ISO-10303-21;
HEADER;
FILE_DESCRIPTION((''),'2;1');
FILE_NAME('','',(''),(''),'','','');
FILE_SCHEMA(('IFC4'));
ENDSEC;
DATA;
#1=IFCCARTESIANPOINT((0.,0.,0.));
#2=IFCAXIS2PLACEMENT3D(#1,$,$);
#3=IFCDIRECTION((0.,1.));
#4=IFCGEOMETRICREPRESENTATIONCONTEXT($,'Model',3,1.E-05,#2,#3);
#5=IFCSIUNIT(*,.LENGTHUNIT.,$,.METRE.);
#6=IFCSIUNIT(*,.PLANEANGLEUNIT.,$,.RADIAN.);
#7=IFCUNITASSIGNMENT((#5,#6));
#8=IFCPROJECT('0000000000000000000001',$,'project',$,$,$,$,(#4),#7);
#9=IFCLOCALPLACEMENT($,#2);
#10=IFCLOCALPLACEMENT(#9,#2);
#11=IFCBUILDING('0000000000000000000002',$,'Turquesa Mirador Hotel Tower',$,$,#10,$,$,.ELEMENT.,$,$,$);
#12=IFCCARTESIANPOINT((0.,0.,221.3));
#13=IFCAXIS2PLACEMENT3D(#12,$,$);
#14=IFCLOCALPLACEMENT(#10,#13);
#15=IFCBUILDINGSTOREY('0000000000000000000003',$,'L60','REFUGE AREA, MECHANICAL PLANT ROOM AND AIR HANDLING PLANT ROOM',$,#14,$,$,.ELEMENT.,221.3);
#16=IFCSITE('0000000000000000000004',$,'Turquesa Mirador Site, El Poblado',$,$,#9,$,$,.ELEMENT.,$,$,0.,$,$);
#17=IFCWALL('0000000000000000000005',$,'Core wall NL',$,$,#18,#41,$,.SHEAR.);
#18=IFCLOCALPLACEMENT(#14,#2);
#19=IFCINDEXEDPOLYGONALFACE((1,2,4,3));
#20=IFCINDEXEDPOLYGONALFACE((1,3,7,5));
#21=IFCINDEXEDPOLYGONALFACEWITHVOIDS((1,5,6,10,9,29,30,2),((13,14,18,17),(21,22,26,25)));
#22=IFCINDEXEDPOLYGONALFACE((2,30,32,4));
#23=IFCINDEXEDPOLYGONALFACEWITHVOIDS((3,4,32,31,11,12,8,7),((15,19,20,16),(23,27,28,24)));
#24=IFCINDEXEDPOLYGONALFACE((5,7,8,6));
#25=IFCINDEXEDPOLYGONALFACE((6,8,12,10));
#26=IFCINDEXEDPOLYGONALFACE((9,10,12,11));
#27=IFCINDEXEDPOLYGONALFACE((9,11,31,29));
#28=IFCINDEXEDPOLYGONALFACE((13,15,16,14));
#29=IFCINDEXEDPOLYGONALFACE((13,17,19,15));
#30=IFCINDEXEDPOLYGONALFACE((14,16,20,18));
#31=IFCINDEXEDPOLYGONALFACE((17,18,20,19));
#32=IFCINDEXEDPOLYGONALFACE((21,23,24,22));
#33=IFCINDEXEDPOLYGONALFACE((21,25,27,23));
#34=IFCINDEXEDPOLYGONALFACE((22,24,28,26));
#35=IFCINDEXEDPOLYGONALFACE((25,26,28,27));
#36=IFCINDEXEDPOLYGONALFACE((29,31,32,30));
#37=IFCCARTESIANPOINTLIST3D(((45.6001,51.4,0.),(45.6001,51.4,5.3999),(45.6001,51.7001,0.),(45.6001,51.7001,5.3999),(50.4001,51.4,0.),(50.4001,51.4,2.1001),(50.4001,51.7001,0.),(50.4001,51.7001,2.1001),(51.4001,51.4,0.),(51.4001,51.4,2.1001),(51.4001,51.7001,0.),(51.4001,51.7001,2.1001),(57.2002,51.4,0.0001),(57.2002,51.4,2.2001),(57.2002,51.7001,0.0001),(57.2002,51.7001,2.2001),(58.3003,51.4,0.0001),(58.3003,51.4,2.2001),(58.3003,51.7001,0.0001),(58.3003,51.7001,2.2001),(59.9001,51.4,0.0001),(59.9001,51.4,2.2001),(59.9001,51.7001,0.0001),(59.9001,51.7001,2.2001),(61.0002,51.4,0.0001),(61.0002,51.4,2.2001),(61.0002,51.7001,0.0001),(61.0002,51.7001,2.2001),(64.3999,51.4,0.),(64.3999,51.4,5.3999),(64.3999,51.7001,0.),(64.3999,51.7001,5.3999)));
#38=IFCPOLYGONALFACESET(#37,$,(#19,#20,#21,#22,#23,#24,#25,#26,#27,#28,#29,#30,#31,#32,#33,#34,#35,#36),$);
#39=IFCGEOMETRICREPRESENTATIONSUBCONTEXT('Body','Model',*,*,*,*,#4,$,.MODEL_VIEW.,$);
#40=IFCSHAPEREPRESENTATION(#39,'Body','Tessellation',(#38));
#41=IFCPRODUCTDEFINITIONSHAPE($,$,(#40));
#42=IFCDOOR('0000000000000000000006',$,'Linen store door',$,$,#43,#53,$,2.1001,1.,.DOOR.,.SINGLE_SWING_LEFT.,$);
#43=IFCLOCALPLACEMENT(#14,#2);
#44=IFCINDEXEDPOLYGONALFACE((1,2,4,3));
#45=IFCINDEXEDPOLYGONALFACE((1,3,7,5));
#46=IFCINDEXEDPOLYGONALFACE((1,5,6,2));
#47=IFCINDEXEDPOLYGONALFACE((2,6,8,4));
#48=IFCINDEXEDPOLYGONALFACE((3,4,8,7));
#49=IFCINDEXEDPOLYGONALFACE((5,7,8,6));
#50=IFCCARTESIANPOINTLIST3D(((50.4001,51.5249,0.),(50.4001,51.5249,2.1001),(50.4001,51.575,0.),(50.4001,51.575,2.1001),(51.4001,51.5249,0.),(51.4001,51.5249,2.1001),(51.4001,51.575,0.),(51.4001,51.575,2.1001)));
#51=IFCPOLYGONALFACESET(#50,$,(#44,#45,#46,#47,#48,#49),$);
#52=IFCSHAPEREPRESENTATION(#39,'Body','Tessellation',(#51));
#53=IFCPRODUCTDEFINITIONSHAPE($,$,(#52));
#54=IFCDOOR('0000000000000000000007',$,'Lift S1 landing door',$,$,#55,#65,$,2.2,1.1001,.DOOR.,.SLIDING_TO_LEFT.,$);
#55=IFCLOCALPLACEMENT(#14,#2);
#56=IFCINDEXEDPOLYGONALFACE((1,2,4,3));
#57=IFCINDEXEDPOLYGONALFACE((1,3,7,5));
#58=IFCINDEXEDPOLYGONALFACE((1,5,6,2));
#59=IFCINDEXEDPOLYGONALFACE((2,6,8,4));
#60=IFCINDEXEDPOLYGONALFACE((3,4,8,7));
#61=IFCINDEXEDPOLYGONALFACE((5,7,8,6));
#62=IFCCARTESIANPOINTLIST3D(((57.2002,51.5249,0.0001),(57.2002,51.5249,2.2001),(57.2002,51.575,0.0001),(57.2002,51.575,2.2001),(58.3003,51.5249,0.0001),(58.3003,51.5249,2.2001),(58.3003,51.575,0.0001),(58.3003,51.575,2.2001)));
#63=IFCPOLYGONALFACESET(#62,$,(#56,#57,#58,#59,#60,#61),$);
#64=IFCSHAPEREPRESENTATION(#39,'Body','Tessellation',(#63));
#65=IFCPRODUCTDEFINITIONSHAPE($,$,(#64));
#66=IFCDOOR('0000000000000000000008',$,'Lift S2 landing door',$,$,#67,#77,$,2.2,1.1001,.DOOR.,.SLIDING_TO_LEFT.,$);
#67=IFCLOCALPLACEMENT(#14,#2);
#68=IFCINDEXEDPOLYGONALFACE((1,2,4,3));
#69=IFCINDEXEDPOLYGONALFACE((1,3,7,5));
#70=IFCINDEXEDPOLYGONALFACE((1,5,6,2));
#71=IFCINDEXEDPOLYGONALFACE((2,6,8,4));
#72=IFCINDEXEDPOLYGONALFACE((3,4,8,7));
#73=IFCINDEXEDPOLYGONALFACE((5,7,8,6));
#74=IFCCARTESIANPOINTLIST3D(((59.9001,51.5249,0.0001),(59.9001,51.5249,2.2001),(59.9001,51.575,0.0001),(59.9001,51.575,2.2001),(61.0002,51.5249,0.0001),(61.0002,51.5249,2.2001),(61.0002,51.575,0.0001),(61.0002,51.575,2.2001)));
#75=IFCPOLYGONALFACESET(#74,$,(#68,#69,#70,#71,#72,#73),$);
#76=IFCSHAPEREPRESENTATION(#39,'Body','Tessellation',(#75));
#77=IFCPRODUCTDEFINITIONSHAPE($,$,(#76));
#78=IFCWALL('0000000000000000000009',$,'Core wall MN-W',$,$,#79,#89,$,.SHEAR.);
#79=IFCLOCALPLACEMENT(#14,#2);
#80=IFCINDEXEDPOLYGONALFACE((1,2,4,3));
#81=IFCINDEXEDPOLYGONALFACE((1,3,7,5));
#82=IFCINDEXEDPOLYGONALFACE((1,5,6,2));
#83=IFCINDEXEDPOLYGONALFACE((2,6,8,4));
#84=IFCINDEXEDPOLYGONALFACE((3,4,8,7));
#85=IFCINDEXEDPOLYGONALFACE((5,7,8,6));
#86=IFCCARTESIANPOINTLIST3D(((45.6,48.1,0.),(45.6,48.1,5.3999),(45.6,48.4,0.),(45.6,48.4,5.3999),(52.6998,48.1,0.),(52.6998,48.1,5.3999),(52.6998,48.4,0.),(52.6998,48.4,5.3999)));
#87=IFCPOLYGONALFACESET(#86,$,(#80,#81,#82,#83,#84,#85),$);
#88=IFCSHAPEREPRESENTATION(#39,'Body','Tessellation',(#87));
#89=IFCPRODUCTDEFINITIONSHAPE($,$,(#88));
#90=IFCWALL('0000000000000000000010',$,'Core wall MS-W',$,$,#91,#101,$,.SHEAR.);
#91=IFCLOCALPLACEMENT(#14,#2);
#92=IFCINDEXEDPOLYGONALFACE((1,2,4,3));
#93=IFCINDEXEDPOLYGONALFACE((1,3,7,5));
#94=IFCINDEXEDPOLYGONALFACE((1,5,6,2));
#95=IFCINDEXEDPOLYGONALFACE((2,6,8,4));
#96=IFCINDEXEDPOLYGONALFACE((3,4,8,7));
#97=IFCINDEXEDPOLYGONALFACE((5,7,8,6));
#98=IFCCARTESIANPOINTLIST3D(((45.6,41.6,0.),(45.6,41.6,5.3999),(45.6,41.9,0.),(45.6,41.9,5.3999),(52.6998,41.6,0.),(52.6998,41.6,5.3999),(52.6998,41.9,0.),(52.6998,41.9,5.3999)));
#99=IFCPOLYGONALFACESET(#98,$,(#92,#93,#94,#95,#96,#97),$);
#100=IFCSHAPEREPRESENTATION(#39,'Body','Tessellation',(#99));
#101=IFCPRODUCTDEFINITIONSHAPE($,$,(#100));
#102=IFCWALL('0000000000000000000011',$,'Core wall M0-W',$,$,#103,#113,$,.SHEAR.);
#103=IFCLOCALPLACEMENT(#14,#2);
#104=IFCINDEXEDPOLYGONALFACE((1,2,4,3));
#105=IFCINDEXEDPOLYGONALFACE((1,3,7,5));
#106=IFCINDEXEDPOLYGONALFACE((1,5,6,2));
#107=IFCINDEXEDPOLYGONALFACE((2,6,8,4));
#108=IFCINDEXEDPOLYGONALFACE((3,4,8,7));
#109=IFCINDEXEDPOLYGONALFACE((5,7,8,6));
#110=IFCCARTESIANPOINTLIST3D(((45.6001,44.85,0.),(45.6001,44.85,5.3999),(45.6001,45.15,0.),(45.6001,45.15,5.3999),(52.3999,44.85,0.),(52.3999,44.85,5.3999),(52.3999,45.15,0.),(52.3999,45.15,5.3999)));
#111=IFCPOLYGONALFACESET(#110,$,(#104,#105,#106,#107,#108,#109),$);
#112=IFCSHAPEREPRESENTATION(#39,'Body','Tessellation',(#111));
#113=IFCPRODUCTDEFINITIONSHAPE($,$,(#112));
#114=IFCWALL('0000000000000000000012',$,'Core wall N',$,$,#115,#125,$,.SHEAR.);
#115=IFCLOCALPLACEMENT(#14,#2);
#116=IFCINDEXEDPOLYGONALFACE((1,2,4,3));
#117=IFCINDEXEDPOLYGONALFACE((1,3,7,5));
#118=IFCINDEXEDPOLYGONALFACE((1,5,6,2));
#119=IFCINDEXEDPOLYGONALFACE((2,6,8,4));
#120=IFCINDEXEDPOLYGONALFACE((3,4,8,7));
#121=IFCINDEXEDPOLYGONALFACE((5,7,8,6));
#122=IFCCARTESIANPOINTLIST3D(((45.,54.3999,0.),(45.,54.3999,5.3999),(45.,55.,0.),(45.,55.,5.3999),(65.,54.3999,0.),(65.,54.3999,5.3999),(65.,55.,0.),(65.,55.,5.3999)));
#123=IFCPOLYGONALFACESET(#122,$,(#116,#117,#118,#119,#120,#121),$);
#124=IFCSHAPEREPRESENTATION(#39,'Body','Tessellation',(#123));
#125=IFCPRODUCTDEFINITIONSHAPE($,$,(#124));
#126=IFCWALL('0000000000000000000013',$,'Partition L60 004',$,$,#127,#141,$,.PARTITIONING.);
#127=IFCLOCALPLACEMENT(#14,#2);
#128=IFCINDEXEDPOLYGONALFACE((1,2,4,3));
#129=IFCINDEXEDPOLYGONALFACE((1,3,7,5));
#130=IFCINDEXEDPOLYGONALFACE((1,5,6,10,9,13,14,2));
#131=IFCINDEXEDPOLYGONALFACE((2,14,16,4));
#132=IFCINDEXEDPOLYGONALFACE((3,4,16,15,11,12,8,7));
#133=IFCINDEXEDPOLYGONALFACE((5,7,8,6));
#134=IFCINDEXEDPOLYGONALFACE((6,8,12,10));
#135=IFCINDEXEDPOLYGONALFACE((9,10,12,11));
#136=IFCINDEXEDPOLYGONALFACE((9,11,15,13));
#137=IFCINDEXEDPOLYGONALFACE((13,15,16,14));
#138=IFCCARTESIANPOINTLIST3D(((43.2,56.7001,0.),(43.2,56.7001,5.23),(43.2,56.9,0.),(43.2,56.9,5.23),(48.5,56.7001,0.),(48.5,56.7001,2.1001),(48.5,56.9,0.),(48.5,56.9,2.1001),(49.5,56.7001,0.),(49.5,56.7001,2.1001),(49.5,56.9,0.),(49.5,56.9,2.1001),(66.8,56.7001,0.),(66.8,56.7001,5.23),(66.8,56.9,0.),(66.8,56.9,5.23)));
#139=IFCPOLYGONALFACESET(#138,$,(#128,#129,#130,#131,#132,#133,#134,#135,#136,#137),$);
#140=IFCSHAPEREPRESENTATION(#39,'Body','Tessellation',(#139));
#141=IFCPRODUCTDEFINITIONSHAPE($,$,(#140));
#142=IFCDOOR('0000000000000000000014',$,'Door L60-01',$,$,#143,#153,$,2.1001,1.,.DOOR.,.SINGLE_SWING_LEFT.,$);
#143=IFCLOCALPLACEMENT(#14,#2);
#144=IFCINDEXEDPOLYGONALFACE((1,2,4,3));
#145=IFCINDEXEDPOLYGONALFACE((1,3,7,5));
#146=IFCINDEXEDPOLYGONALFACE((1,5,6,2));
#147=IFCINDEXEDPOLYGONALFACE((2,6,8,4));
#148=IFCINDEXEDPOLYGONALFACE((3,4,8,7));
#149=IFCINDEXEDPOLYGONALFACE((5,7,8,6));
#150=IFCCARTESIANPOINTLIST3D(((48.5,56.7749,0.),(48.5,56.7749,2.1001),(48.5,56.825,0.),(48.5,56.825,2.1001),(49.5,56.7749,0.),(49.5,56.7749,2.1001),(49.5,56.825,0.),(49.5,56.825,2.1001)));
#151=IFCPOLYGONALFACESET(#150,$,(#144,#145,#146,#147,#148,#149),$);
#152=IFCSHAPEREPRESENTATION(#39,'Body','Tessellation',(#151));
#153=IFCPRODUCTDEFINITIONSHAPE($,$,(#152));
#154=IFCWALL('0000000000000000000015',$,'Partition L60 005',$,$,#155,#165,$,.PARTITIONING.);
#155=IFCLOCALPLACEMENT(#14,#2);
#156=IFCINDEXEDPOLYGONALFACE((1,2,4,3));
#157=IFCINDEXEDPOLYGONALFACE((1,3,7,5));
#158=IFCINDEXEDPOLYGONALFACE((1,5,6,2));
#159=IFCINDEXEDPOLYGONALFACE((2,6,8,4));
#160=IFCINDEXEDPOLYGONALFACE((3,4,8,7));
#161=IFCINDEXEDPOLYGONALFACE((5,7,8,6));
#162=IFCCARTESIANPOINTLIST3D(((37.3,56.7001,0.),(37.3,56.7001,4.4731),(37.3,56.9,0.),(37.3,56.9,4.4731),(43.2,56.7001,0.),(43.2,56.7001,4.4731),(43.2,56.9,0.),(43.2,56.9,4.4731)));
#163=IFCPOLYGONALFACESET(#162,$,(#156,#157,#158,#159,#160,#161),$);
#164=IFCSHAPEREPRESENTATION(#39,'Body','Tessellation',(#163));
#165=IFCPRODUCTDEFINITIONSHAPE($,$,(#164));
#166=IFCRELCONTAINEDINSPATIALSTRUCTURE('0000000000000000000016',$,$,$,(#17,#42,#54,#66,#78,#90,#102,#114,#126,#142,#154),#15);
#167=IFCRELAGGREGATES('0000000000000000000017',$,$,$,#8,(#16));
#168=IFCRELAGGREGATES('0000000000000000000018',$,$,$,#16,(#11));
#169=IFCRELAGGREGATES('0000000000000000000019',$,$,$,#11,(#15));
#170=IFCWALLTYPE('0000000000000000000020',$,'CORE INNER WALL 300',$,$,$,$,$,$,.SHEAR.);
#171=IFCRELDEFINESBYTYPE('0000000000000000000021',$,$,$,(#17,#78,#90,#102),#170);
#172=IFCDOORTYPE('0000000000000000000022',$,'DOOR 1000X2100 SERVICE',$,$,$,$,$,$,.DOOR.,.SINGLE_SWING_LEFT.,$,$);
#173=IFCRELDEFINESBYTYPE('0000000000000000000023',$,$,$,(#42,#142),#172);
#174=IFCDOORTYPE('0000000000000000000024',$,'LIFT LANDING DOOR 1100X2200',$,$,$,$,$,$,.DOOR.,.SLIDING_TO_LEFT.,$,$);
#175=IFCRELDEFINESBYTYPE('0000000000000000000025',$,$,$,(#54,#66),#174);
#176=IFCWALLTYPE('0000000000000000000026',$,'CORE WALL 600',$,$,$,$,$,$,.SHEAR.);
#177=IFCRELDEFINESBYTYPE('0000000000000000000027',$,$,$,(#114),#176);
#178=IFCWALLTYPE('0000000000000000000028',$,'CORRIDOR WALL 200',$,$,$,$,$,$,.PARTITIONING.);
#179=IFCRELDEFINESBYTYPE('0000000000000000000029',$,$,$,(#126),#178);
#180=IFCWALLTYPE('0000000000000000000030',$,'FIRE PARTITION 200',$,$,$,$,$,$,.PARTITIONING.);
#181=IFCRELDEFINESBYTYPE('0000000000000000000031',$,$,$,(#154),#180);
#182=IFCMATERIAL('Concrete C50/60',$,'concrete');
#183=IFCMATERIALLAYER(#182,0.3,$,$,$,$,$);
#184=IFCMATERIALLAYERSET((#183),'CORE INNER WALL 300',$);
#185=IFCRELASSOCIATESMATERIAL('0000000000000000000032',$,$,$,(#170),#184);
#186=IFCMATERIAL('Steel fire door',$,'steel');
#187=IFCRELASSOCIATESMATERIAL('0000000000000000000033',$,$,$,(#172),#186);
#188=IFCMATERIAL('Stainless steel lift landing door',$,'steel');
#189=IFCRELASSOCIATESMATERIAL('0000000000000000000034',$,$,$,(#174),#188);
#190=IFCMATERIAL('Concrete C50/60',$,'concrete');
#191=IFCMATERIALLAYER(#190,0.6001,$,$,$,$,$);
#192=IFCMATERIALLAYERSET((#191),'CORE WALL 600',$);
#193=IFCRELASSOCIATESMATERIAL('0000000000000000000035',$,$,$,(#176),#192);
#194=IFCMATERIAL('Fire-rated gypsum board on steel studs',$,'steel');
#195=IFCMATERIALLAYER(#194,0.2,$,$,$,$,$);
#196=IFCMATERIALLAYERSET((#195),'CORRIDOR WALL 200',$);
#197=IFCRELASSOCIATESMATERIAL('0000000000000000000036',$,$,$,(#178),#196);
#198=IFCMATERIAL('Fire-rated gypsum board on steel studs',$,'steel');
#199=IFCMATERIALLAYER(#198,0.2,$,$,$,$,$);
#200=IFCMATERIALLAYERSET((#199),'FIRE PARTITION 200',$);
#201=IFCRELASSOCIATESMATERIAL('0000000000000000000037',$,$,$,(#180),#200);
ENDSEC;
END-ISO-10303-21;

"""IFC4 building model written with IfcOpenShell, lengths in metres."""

from ifc_helpers import new_model, si_unit, direction, frame, frame_2d, origin, place, context, subcontext, project, spatial, rectangle, extrude, material, layer, layer_set, type_object, element, fill, save


model = new_model("IFC4")

# Units and contexts
model_context = context("Model", 3, precision=1e-05, world=origin(), true_north=direction((0.0, 1.0)))
body_context = subcontext(model_context, "Body", "Model", "MODEL_VIEW")
ifc_project = project(units=[si_unit("LENGTHUNIT", "METRE"), si_unit("PLANEANGLEUNIT", "RADIAN")], contexts=[model_context])

# Site, building, storey
site_placement = place(None, origin())
site = spatial("IfcSite", under=ifc_project, at=site_placement, Name="Turquesa Mirador Site, El Poblado", CompositionType="ELEMENT", RefElevation=0.0)
building_placement = place(site_placement, origin())
building = spatial("IfcBuilding", under=site, at=building_placement, Name="Turquesa Mirador Hotel Tower", CompositionType="ELEMENT")
storey_placement = place(building_placement, frame((0.0, 0.0, 221.3)))
storey = spatial("IfcBuildingStorey", under=building, at=storey_placement, Name="L60", Description="REFUGE AREA, MECHANICAL PLANT ROOM AND AIR HANDLING PLANT ROOM", CompositionType="ELEMENT", Elevation=221.3)

# Wall, openings, doors
ifc_material_1 = material(Name="Concrete C50/60", Category="concrete")
ifc_layer_1 = layer(ifc_material_1, 0.3)
ifc_layer_set_1 = layer_set([ifc_layer_1], Name="CORE INNER WALL 300")
wall_type_1 = type_object("IfcWallType", Name="CORE INNER WALL 300", PredefinedType="SHEAR", material=ifc_layer_set_1)
wall_1_placement = place(storey_placement, frame((45.6001, 51.55, 0.0), z_axis=(0.0, 0.0, 1.0), x_axis=(1.0, 0.0, 0.0)))
wall_1 = element("IfcWall", 1, at=wall_1_placement, inside=storey, type_object=wall_type_1, Name="Core wall NL", PredefinedType="SHEAR", context=body_context, shape_type="SweptSolid", body=[
    extrude(rectangle(XDim=18.7998, YDim=0.3, at=frame_2d((9.3999, 0.0))), origin(), (0.0, 0.0, 1.0), 5.3999),
])
opening_1_placement = place(wall_1_placement, frame((4.8, 0.0, 0.0)))
opening_1 = element("IfcOpeningElement", 2, at=opening_1_placement, cuts=wall_1, PredefinedType="OPENING", context=body_context, shape_type="SweptSolid", body=[
    extrude(rectangle(XDim=1.0, YDim=2.1001, at=frame_2d((0.5, 1.05))), frame((0.0, 0.1599, 0.0), z_axis=(0.0, -1.0, 0.0), x_axis=(1.0, 0.0, 0.0)), (0.0, 0.0, 1.0), 0.3201),
])
opening_2_placement = place(wall_1_placement, frame((11.6001, 0.0, 0.0)))
opening_2 = element("IfcOpeningElement", 3, at=opening_2_placement, cuts=wall_1, PredefinedType="OPENING", context=body_context, shape_type="SweptSolid", body=[
    extrude(rectangle(XDim=1.1001, YDim=2.2, at=frame_2d((0.55, 1.1001))), frame((0.0, 0.1599, 0.0), z_axis=(0.0, -1.0, 0.0), x_axis=(1.0, 0.0, 0.0)), (0.0, 0.0, 1.0), 0.3201),
])
opening_3_placement = place(wall_1_placement, frame((14.3, 0.0, 0.0)))
opening_3 = element("IfcOpeningElement", 4, at=opening_3_placement, cuts=wall_1, PredefinedType="OPENING", context=body_context, shape_type="SweptSolid", body=[
    extrude(rectangle(XDim=1.1001, YDim=2.2, at=frame_2d((0.55, 1.1001))), frame((0.0, 0.1599, 0.0), z_axis=(0.0, -1.0, 0.0), x_axis=(1.0, 0.0, 0.0)), (0.0, 0.0, 1.0), 0.3201),
])
ifc_material_2 = material(Name="Steel fire door", Category="steel")
door_type_1 = type_object("IfcDoorType", Name="DOOR 1000X2100 SERVICE", OperationType="SINGLE_SWING_LEFT", PredefinedType="DOOR", material=ifc_material_2)
door_1_placement = place(opening_1_placement, origin())
door_1 = element("IfcDoor", 5, at=door_1_placement, inside=storey, type_object=door_type_1, Name="Linen store door", OperationType="SINGLE_SWING_LEFT", OverallHeight=2.1001, OverallWidth=1.0, PredefinedType="DOOR", context=body_context, shape_type="SweptSolid", body=[
    extrude(rectangle(XDim=1.0, YDim=2.1001, at=frame_2d((0.5, 1.05))), frame((0.0, 0.0249, 0.0), z_axis=(0.0, -1.0, 0.0), x_axis=(1.0, 0.0, 0.0)), (0.0, 0.0, 1.0), 0.05),
])
fill(opening_1, door_1)
ifc_material_3 = material(Name="Stainless steel lift landing door", Category="steel")
door_type_2 = type_object("IfcDoorType", Name="LIFT LANDING DOOR 1100X2200", OperationType="SLIDING_TO_LEFT", PredefinedType="DOOR", material=ifc_material_3)
door_2_placement = place(opening_2_placement, origin())
door_2 = element("IfcDoor", 6, at=door_2_placement, inside=storey, type_object=door_type_2, Name="Lift S1 landing door", OperationType="SLIDING_TO_LEFT", OverallHeight=2.2, OverallWidth=1.1001, PredefinedType="DOOR", context=body_context, shape_type="SweptSolid", body=[
    extrude(rectangle(XDim=1.1001, YDim=2.2, at=frame_2d((0.55, 1.1001))), frame((0.0, 0.0249, 0.0), z_axis=(0.0, -1.0, 0.0), x_axis=(1.0, 0.0, 0.0)), (0.0, 0.0, 1.0), 0.05),
])
fill(opening_2, door_2)
door_3_placement = place(opening_3_placement, origin())
door_3 = element("IfcDoor", 7, at=door_3_placement, inside=storey, type_object=door_type_2, Name="Lift S2 landing door", OperationType="SLIDING_TO_LEFT", OverallHeight=2.2, OverallWidth=1.1001, PredefinedType="DOOR", context=body_context, shape_type="SweptSolid", body=[
    extrude(rectangle(XDim=1.1001, YDim=2.2, at=frame_2d((0.55, 1.1001))), frame((0.0, 0.0249, 0.0), z_axis=(0.0, -1.0, 0.0), x_axis=(1.0, 0.0, 0.0)), (0.0, 0.0, 1.0), 0.05),
])
fill(opening_3, door_3)

# Walls
for number, where, z_axis, x_axis, name in (
    (8, (45.6001, 48.25, 0.0), (0.0, 0.0, 1.0), (1.0, 0.0, 0.0), "Core wall MN-W"),
    (9, (45.6001, 41.75, 0.0), (0.0, 0.0, 1.0), (1.0, 0.0, 0.0), "Core wall MS-W"),
):
    element("IfcWall", number, at=place(storey_placement, frame(where, z_axis=z_axis, x_axis=x_axis)), inside=storey, type_object=wall_type_1, Name=name, PredefinedType="SHEAR", context=body_context, shape_type="SweptSolid", body=[
        extrude(rectangle(XDim=7.0999, YDim=0.3, at=frame_2d((3.5498, 0.0))), origin(), (0.0, 0.0, 1.0), 5.3999),
    ])
wall_2_placement = place(storey_placement, frame((45.6001, 45.0, 0.0), z_axis=(0.0, 0.0, 1.0), x_axis=(1.0, 0.0, 0.0)))
element("IfcWall", 10, at=wall_2_placement, inside=storey, type_object=wall_type_1, Name="Core wall M0-W", PredefinedType="SHEAR", context=body_context, shape_type="SweptSolid", body=[
    extrude(rectangle(XDim=6.7998, YDim=0.3, at=frame_2d((3.3999, 0.0))), origin(), (0.0, 0.0, 1.0), 5.3999),
])
ifc_material_4 = material(Name="Concrete C50/60", Category="concrete")
ifc_layer_2 = layer(ifc_material_4, 0.6001)
ifc_layer_set_2 = layer_set([ifc_layer_2], Name="CORE WALL 600")
wall_type_2 = type_object("IfcWallType", Name="CORE WALL 600", PredefinedType="SHEAR", material=ifc_layer_set_2)
wall_3_placement = place(storey_placement, frame((45.0, 54.7, 0.0), z_axis=(0.0, 0.0, 1.0), x_axis=(1.0, 0.0, 0.0)))
element("IfcWall", 11, at=wall_3_placement, inside=storey, type_object=wall_type_2, Name="Core wall N", PredefinedType="SHEAR", context=body_context, shape_type="SweptSolid", body=[
    extrude(rectangle(XDim=20.0, YDim=0.6001, at=frame_2d((10.0, 0.0))), origin(), (0.0, 0.0, 1.0), 5.3999),
])

# Wall, opening, door
ifc_material_5 = material(Name="Fire-rated gypsum board on steel studs", Category="steel")
ifc_layer_3 = layer(ifc_material_5, 0.2)
ifc_layer_set_3 = layer_set([ifc_layer_3], Name="CORRIDOR WALL 200")
wall_type_3 = type_object("IfcWallType", Name="CORRIDOR WALL 200", PredefinedType="PARTITIONING", material=ifc_layer_set_3)
wall_4_placement = place(storey_placement, frame((43.2, 56.8, 0.0), z_axis=(0.0, 0.0, 1.0), x_axis=(1.0, 0.0, 0.0)))
wall_4 = element("IfcWall", 12, at=wall_4_placement, inside=storey, type_object=wall_type_3, Name="Partition L60 004", PredefinedType="PARTITIONING", context=body_context, shape_type="SweptSolid", body=[
    extrude(rectangle(XDim=23.6001, YDim=0.2, at=frame_2d((11.8, 0.0))), origin(), (0.0, 0.0, 1.0), 5.23),
])
opening_4_placement = place(wall_4_placement, frame((5.3, 0.0, 0.0)))
opening_4 = element("IfcOpeningElement", 13, at=opening_4_placement, cuts=wall_4, PredefinedType="OPENING", context=body_context, shape_type="SweptSolid", body=[
    extrude(rectangle(XDim=1.0, YDim=2.1001, at=frame_2d((0.5, 1.05))), frame((0.0, 0.1099, 0.0), z_axis=(0.0, -1.0, 0.0), x_axis=(1.0, 0.0, 0.0)), (0.0, 0.0, 1.0), 0.22),
])
door_4_placement = place(opening_4_placement, origin())
door_4 = element("IfcDoor", 14, at=door_4_placement, inside=storey, type_object=door_type_1, Name="Door L60-01", OperationType="SINGLE_SWING_LEFT", OverallHeight=2.1001, OverallWidth=1.0, PredefinedType="DOOR", context=body_context, shape_type="SweptSolid", body=[
    extrude(rectangle(XDim=1.0, YDim=2.1001, at=frame_2d((0.5, 1.05))), frame((0.0, 0.0249, 0.0), z_axis=(0.0, -1.0, 0.0), x_axis=(1.0, 0.0, 0.0)), (0.0, 0.0, 1.0), 0.05),
])
fill(opening_4, door_4)

# Wall
ifc_material_6 = material(Name="Fire-rated gypsum board on steel studs", Category="steel")
ifc_layer_4 = layer(ifc_material_6, 0.2)
ifc_layer_set_4 = layer_set([ifc_layer_4], Name="FIRE PARTITION 200")
wall_type_4 = type_object("IfcWallType", Name="FIRE PARTITION 200", PredefinedType="PARTITIONING", material=ifc_layer_set_4)
wall_5_placement = place(storey_placement, frame((37.3, 56.8, 0.0), z_axis=(0.0, 0.0, 1.0), x_axis=(1.0, 0.0, 0.0)))
element("IfcWall", 15, at=wall_5_placement, inside=storey, type_object=wall_type_4, Name="Partition L60 005", PredefinedType="PARTITIONING", context=body_context, shape_type="SweptSolid", body=[
    extrude(rectangle(XDim=5.8999, YDim=0.2, at=frame_2d((2.95, 0.0))), origin(), (0.0, 0.0, 1.0), 4.4731),
])

save(model, "model.ifc")
